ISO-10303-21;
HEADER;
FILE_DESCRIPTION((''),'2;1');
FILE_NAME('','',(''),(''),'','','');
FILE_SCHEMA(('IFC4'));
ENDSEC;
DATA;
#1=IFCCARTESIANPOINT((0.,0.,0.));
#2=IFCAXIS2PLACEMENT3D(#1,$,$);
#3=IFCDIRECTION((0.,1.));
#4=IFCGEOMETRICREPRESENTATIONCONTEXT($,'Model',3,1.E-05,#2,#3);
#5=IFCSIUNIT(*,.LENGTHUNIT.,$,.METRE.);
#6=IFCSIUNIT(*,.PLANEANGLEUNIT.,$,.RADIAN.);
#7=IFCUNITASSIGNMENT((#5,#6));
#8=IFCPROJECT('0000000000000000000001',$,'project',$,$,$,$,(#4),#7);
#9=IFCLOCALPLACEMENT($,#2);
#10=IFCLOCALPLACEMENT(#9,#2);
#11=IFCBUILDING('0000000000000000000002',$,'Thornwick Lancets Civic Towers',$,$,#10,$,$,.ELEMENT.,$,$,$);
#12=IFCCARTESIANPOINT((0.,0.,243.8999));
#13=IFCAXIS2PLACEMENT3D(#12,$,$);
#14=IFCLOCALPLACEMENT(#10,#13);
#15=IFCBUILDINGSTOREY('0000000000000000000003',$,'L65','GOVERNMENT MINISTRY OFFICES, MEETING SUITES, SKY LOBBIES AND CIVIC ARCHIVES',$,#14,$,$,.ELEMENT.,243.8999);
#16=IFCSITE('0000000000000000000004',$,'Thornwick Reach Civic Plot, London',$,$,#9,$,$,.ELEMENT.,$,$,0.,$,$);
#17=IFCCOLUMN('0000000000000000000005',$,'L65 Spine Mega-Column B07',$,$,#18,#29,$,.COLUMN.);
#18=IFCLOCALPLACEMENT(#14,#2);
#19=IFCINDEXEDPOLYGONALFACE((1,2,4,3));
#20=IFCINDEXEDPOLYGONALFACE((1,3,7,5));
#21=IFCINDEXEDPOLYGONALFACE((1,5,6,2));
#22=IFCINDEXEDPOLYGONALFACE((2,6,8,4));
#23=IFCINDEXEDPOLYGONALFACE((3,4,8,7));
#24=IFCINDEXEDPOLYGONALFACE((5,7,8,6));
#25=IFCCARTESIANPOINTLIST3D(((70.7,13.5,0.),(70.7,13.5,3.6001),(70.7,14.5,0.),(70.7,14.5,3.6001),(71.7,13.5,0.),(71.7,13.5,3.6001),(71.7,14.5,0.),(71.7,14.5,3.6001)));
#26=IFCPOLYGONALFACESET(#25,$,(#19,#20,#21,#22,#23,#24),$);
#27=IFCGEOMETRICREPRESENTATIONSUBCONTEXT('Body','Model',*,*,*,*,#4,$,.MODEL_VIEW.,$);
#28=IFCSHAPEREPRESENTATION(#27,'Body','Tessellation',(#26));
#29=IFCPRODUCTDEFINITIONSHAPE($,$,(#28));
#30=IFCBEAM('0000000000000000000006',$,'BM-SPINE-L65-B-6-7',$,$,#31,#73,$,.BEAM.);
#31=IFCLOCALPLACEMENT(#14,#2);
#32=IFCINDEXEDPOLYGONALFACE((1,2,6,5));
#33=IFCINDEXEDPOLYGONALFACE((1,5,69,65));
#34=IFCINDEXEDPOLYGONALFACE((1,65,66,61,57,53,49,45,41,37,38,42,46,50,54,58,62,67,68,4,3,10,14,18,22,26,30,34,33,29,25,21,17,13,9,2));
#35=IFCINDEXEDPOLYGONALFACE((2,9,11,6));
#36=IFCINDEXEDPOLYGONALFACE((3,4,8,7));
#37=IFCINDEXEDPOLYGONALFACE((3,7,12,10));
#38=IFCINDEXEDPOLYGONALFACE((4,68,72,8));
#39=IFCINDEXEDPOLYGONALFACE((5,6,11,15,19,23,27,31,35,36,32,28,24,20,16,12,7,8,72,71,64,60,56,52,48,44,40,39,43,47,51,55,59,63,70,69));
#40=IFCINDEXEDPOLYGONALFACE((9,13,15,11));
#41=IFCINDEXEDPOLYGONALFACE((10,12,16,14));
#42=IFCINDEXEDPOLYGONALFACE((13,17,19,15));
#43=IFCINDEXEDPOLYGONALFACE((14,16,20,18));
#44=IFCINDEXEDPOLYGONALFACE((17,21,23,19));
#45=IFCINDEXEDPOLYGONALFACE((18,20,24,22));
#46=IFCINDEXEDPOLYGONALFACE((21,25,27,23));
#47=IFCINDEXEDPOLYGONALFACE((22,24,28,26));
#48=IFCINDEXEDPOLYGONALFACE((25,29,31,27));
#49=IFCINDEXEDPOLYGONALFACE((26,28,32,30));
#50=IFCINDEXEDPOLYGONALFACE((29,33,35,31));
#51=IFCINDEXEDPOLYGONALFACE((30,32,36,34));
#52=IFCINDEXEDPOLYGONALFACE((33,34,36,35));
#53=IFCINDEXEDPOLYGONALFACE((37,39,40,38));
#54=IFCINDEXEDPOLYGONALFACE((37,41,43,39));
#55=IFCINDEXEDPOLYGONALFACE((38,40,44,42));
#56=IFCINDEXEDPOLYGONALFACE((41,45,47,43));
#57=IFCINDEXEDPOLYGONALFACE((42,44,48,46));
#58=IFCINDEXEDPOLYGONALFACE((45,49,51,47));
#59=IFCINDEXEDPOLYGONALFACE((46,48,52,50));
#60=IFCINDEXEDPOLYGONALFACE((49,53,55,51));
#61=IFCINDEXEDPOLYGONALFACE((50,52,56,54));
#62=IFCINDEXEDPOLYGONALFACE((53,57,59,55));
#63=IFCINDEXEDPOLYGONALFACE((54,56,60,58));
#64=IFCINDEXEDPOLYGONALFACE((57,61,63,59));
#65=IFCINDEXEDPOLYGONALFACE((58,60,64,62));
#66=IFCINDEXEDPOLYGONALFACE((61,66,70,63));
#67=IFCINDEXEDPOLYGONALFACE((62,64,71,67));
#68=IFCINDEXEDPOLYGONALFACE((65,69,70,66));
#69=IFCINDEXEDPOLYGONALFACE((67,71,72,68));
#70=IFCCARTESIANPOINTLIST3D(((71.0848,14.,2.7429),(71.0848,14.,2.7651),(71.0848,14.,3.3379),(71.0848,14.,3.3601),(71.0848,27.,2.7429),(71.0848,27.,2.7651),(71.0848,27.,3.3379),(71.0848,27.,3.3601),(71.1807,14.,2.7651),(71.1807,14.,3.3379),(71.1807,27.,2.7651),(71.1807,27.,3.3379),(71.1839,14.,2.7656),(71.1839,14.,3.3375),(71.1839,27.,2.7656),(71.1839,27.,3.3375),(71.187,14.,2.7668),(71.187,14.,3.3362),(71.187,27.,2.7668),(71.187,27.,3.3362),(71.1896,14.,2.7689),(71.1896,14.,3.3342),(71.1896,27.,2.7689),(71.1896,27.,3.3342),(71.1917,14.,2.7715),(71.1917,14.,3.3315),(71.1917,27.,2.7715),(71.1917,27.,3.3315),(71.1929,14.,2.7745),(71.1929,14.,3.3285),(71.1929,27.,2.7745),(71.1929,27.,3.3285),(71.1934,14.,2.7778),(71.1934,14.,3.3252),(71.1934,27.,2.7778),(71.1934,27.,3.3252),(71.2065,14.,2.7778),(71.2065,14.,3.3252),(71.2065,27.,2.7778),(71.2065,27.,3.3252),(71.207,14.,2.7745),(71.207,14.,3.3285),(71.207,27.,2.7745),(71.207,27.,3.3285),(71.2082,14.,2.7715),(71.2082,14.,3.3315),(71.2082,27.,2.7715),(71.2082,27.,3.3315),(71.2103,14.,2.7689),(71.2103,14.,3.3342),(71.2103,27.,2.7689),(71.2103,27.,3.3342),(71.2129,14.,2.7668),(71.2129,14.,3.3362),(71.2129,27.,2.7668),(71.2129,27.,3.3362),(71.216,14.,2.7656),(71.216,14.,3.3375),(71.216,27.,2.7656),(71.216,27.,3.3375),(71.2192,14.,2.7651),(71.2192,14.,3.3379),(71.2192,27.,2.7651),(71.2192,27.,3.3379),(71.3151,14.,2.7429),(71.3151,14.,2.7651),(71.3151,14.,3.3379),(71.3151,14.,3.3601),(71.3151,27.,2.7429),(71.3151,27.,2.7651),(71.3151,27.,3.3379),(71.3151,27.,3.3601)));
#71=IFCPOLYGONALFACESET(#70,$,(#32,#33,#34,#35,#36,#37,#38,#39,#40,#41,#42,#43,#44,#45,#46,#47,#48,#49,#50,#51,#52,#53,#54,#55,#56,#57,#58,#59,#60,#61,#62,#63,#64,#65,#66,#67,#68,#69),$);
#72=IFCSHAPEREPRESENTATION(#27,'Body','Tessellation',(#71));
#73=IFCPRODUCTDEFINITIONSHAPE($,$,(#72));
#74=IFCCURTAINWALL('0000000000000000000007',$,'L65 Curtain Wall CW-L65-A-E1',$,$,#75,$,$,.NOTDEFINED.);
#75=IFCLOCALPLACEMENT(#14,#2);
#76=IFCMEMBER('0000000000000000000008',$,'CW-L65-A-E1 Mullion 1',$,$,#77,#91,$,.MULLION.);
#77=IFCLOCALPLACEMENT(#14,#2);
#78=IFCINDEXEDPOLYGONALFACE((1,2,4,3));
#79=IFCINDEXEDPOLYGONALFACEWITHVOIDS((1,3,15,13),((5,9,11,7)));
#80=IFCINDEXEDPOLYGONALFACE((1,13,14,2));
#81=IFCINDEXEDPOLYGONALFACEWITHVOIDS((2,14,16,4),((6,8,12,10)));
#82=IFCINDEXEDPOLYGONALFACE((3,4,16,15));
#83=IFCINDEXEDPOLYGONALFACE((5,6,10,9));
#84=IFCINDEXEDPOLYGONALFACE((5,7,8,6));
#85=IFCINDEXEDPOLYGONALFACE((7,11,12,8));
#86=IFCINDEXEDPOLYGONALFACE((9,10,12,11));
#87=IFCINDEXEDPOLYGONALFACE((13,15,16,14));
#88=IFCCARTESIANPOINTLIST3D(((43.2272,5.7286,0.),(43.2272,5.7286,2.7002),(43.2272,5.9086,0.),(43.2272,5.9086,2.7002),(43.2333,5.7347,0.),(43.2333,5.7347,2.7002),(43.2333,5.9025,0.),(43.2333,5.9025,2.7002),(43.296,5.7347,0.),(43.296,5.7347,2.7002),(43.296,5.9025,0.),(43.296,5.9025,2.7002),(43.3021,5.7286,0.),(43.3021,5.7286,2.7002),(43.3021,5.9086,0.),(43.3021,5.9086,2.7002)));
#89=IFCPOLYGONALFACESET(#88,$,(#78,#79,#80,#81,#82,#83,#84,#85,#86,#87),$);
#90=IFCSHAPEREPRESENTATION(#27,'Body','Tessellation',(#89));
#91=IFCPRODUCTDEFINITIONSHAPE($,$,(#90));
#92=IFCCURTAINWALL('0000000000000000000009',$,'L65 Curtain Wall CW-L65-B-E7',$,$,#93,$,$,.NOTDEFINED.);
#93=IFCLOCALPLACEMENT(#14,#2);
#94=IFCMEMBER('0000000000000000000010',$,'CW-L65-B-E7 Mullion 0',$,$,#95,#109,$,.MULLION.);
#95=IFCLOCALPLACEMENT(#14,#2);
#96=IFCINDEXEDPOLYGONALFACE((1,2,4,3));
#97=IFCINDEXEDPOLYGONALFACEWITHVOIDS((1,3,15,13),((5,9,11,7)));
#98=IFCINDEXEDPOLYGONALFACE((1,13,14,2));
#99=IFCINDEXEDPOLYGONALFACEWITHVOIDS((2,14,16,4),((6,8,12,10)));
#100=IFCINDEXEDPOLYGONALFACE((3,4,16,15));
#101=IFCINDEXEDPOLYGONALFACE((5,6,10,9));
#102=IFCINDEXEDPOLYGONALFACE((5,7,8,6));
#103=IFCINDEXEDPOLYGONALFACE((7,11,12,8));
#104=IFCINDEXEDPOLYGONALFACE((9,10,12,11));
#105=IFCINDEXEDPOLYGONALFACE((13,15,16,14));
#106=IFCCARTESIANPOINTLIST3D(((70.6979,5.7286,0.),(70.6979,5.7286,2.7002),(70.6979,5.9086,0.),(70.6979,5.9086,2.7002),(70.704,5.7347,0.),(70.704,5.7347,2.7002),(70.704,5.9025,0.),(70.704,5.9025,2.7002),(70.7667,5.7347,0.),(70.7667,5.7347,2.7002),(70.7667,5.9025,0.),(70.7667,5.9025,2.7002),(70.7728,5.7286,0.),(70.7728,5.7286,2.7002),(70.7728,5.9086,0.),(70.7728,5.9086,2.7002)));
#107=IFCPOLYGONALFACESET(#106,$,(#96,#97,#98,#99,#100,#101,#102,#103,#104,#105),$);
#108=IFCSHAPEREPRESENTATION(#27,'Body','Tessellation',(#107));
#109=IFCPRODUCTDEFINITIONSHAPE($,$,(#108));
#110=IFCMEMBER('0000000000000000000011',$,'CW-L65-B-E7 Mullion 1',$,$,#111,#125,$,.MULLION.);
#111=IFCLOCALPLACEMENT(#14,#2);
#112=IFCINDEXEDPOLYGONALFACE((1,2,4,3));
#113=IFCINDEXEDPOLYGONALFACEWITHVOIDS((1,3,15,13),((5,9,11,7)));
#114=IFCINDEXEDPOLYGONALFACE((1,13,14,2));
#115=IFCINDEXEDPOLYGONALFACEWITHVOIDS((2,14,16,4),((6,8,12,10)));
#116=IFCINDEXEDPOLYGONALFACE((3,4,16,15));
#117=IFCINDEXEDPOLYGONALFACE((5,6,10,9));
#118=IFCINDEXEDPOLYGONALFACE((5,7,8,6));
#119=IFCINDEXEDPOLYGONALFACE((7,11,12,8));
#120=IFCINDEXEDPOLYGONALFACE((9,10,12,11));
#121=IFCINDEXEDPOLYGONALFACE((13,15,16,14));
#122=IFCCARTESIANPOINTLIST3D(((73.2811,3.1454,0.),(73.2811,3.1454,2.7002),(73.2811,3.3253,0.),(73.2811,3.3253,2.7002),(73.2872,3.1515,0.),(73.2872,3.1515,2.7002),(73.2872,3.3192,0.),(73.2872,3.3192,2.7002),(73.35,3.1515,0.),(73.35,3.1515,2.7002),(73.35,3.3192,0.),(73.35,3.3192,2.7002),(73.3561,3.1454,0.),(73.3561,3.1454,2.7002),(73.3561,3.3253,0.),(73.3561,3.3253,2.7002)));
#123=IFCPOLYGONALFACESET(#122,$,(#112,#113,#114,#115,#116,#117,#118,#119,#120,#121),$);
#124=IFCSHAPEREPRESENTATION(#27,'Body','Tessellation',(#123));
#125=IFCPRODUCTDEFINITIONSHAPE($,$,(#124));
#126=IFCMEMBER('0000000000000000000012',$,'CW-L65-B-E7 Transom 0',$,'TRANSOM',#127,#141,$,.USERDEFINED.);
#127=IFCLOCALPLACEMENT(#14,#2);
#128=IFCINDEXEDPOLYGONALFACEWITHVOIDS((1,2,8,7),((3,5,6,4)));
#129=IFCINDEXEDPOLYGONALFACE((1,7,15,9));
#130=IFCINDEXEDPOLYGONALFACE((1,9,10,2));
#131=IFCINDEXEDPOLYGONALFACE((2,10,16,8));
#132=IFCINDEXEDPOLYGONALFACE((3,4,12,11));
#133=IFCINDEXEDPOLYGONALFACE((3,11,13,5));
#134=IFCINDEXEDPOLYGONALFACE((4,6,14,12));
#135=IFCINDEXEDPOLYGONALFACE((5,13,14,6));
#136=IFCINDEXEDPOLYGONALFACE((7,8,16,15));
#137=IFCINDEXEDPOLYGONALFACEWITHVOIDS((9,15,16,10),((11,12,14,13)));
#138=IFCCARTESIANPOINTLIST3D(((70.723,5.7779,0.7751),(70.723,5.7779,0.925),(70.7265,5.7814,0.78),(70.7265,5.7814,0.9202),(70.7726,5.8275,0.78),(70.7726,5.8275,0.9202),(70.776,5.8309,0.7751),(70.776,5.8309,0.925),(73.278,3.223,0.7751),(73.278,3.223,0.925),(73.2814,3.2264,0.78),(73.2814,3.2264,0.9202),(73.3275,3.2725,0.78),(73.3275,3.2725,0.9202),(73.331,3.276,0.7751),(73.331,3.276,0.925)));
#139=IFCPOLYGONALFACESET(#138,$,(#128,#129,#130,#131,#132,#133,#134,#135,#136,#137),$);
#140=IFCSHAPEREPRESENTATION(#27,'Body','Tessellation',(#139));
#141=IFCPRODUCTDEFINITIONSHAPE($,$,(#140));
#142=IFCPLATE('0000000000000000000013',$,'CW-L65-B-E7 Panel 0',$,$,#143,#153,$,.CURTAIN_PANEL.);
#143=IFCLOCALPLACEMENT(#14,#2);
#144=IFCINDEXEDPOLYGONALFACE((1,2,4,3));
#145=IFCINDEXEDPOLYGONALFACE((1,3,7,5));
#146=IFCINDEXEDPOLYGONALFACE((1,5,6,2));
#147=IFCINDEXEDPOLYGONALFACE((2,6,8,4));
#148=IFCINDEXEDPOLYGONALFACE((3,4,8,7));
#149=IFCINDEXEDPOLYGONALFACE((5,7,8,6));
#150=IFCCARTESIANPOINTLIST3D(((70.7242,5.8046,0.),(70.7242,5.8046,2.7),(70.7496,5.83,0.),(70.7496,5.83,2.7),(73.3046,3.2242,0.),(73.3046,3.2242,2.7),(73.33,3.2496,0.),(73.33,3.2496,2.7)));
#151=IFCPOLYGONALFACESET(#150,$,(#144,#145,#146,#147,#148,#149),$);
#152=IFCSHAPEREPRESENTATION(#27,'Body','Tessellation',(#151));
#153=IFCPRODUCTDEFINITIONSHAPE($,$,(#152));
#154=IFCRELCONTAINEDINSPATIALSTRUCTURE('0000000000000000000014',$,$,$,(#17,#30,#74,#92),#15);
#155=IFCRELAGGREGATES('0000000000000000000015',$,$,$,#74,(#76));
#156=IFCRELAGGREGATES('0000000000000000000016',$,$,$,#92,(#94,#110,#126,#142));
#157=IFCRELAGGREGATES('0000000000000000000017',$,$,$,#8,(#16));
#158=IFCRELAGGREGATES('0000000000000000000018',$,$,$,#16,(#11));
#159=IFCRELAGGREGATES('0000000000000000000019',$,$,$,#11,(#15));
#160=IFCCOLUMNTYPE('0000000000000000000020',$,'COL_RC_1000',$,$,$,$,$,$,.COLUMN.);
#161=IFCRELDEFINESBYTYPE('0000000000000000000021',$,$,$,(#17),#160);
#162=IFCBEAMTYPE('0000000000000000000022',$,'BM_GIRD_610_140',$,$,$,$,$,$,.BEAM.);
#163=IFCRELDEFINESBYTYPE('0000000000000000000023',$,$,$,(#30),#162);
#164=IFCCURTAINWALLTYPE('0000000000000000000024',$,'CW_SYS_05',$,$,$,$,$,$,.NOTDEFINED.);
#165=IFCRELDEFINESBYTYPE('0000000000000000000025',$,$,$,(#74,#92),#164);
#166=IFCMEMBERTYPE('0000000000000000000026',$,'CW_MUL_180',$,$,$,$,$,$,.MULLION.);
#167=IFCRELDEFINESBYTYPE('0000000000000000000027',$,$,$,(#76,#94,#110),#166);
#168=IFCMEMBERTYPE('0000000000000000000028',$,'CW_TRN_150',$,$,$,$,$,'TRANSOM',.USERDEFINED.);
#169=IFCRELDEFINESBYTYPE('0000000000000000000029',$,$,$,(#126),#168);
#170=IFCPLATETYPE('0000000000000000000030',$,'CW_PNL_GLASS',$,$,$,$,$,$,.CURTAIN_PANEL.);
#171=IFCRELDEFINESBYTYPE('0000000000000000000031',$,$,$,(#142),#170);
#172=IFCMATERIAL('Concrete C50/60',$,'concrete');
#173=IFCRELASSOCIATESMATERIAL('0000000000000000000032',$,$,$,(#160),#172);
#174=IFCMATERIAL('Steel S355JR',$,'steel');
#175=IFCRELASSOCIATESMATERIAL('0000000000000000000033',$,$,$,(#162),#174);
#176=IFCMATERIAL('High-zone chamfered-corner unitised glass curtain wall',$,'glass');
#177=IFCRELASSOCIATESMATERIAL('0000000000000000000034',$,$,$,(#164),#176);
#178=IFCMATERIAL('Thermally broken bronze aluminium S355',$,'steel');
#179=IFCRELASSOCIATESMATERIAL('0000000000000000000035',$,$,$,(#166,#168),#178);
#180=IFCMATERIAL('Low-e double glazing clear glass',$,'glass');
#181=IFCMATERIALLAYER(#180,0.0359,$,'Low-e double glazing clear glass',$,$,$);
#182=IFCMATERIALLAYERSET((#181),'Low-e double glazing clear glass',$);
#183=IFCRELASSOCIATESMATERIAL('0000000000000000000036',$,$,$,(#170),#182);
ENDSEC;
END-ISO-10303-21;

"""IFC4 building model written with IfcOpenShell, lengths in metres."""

from ifc_helpers import new_model, si_unit, direction, frame, origin, origin_2d, place, context, subcontext, project, spatial, rectangle, hollow_rectangle, i_section, extrude, material, layer, layer_set, material_profile, profile_set, type_object, element, aggregate, save


model = new_model("IFC4")

# Units and contexts
model_context = context("Model", 3, precision=1e-05, world=origin(), true_north=direction((0.0, 1.0)))
body_context = subcontext(model_context, "Body", "Model", "MODEL_VIEW")
ifc_project = project(units=[si_unit("LENGTHUNIT", "METRE"), si_unit("PLANEANGLEUNIT", "RADIAN")], contexts=[model_context])

# Site, building, storey
site_placement = place(None, origin())
site = spatial("IfcSite", under=ifc_project, at=site_placement, Name="Thornwick Reach Civic Plot, London", CompositionType="ELEMENT", RefElevation=0.0)
building_placement = place(site_placement, origin())
building = spatial("IfcBuilding", under=site, at=building_placement, Name="Thornwick Lancets Civic Towers", CompositionType="ELEMENT")
storey_placement = place(building_placement, frame((0.0, 0.0, 243.8999)))
storey = spatial("IfcBuildingStorey", under=building, at=storey_placement, Name="L65", Description="GOVERNMENT MINISTRY OFFICES, MEETING SUITES, SKY LOBBIES AND CIVIC ARCHIVES", CompositionType="ELEMENT", Elevation=243.8999)

# Column
ifc_material_1 = material(Name="Concrete C50/60", Category="concrete")
ifc_material_profile_1 = material_profile(ifc_material_1, rectangle(XDim=1.0, YDim=1.0, at=origin_2d()), Name="RC 1000x1000")
ifc_profile_set_1 = profile_set([ifc_material_profile_1], Name="Concrete C50/60")
column_type = type_object("IfcColumnType", Name="COL_RC_1000", PredefinedType="COLUMN", material=ifc_profile_set_1)
column_placement = place(storey_placement, frame((71.2, 14.0, 0.0), z_axis=(0.0, 0.0, 1.0), x_axis=(1.0, 0.0, 0.0)))
element("IfcColumn", 1, at=column_placement, inside=storey, type_object=column_type, Name="L65 Spine Mega-Column B07", PredefinedType="COLUMN", context=body_context, shape_type="SweptSolid", body=[
    extrude(rectangle(XDim=1.0, YDim=1.0, at=origin_2d()), origin(), (0.0, 0.0, 1.0), 3.6001),
])

# Beam
ifc_material_2 = material(Name="Steel S355JR", Category="steel")
ifc_material_profile_2 = material_profile(ifc_material_2, i_section(OverallWidth=0.2302, OverallDepth=0.6172, WebThickness=0.0132, FlangeThickness=0.0222, FilletRadius=0.0127, at=origin_2d()), Name="UKB 610x229x140")
ifc_profile_set_2 = profile_set([ifc_material_profile_2], Name="Steel S355JR")
beam_type = type_object("IfcBeamType", Name="BM_GIRD_610_140", PredefinedType="BEAM", material=ifc_profile_set_2)
beam_placement = place(storey_placement, frame((71.2, 14.0, 3.0515), z_axis=(0.0, 1.0, 0.0), x_axis=(-1.0, 0.0, 0.0)))
element("IfcBeam", 2, at=beam_placement, inside=storey, type_object=beam_type, Name="BM-SPINE-L65-B-6-7", PredefinedType="BEAM", context=body_context, shape_type="SweptSolid", body=[
    extrude(i_section(OverallWidth=0.2302, OverallDepth=0.6172, WebThickness=0.0132, FlangeThickness=0.0222, FilletRadius=0.0127, at=origin_2d()), origin(), (0.0, 0.0, 1.0), 13.0),
])

# Curtain wall, member
ifc_material_3 = material(Name="High-zone chamfered-corner unitised glass curtain wall", Category="glass")
curtain_wall_type = type_object("IfcCurtainWallType", Name="CW_SYS_05", PredefinedType="NOTDEFINED", material=ifc_material_3)
curtain_wall_1_placement = place(storey_placement, origin())
curtain_wall_1 = element("IfcCurtainWall", 3, at=curtain_wall_1_placement, inside=storey, type_object=curtain_wall_type, Name="L65 Curtain Wall CW-L65-A-E1", PredefinedType="NOTDEFINED")
ifc_material_4 = material(Name="Thermally broken bronze aluminium S355", Category="steel")
ifc_material_profile_3 = material_profile(ifc_material_4, hollow_rectangle(XDim=0.075, YDim=0.1799, WallThickness=0.0061, at=origin_2d()), Name="RHS 180x75x6")
ifc_profile_set_3 = profile_set([ifc_material_profile_3], Name="Thermally broken bronze aluminium S355")
member_type_1 = type_object("IfcMemberType", Name="CW_MUL_180", PredefinedType="MULLION", material=ifc_profile_set_3)
member_1_placement = place(storey_placement, frame((43.2646, 5.8186, 0.0), z_axis=(0.0, 0.0, 1.0), x_axis=(1.0, 0.0, 0.0)))
member_1 = element("IfcMember", 4, at=member_1_placement, type_object=member_type_1, Name="CW-L65-A-E1 Mullion 1", PredefinedType="MULLION", context=body_context, shape_type="SweptSolid", body=[
    extrude(hollow_rectangle(XDim=0.075, YDim=0.1799, WallThickness=0.0061, at=origin_2d()), origin(), (0.0, 0.0, 1.0), 2.7002),
])
aggregate(curtain_wall_1, [member_1])

# Curtain wall, members, plate
curtain_wall_2_placement = place(storey_placement, origin())
curtain_wall_2 = element("IfcCurtainWall", 5, at=curtain_wall_2_placement, inside=storey, type_object=curtain_wall_type, Name="L65 Curtain Wall CW-L65-B-E7", PredefinedType="NOTDEFINED")
member_2_placement = place(storey_placement, frame((70.7354, 5.8186, 0.0), z_axis=(0.0, 0.0, 1.0), x_axis=(1.0, 0.0, 0.0)))
member_2 = element("IfcMember", 6, at=member_2_placement, type_object=member_type_1, Name="CW-L65-B-E7 Mullion 0", PredefinedType="MULLION", context=body_context, shape_type="SweptSolid", body=[
    extrude(hollow_rectangle(XDim=0.075, YDim=0.1799, WallThickness=0.0061, at=origin_2d()), origin(), (0.0, 0.0, 1.0), 2.7002),
])
member_3_placement = place(storey_placement, frame((73.3186, 3.2354, 0.0), z_axis=(0.0, 0.0, 1.0), x_axis=(1.0, 0.0, 0.0)))
member_3 = element("IfcMember", 7, at=member_3_placement, type_object=member_type_1, Name="CW-L65-B-E7 Mullion 1", PredefinedType="MULLION", context=body_context, shape_type="SweptSolid", body=[
    extrude(hollow_rectangle(XDim=0.075, YDim=0.1799, WallThickness=0.0061, at=origin_2d()), origin(), (0.0, 0.0, 1.0), 2.7002),
])
ifc_material_profile_4 = material_profile(ifc_material_4, hollow_rectangle(XDim=0.075, YDim=0.1499, WallThickness=0.0049, at=origin_2d()), Name="RHS 150x75x5")
ifc_profile_set_4 = profile_set([ifc_material_profile_4], Name="Thermally broken bronze aluminium S355")
member_type_2 = type_object("IfcMemberType", Name="CW_TRN_150", ElementType="TRANSOM", PredefinedType="USERDEFINED", material=ifc_profile_set_4)
member_4_placement = place(storey_placement, frame((70.7495, 5.8044, 0.8501), z_axis=(0.707107, -0.707107, 0.0), x_axis=(0.707107, 0.707107, 0.0)))
member_4 = element("IfcMember", 8, at=member_4_placement, type_object=member_type_2, Name="CW-L65-B-E7 Transom 0", ObjectType="TRANSOM", PredefinedType="USERDEFINED", context=body_context, shape_type="SweptSolid", body=[
    extrude(hollow_rectangle(XDim=0.075, YDim=0.1499, WallThickness=0.0049, at=origin_2d()), origin(), (0.0, 0.0, 1.0), 3.6133),
])
ifc_material_5 = material(Name="Low-e double glazing clear glass", Category="glass")
ifc_layer_1 = layer(ifc_material_5, 0.0359, Name="Low-e double glazing clear glass")
ifc_layer_set_1 = layer_set([ifc_layer_1], Name="Low-e double glazing clear glass")
plate_type = type_object("IfcPlateType", Name="CW_PNL_GLASS", PredefinedType="CURTAIN_PANEL", material=ifc_layer_set_1)
plate_placement = place(storey_placement, frame((72.0271, 4.5271, 0.0), z_axis=(0.0, 0.0, 1.0), x_axis=(0.707107, -0.707107, 0.0)))
plate = element("IfcPlate", 9, at=plate_placement, type_object=plate_type, Name="CW-L65-B-E7 Panel 0", PredefinedType="CURTAIN_PANEL", context=body_context, shape_type="SweptSolid", body=[
    extrude(rectangle(XDim=3.6492, YDim=0.0359, at=origin_2d()), origin(), (0.0, 0.0, 1.0), 2.7),
])
aggregate(curtain_wall_2, [member_2, member_3, member_4, plate])

save(model, "model.ifc")
